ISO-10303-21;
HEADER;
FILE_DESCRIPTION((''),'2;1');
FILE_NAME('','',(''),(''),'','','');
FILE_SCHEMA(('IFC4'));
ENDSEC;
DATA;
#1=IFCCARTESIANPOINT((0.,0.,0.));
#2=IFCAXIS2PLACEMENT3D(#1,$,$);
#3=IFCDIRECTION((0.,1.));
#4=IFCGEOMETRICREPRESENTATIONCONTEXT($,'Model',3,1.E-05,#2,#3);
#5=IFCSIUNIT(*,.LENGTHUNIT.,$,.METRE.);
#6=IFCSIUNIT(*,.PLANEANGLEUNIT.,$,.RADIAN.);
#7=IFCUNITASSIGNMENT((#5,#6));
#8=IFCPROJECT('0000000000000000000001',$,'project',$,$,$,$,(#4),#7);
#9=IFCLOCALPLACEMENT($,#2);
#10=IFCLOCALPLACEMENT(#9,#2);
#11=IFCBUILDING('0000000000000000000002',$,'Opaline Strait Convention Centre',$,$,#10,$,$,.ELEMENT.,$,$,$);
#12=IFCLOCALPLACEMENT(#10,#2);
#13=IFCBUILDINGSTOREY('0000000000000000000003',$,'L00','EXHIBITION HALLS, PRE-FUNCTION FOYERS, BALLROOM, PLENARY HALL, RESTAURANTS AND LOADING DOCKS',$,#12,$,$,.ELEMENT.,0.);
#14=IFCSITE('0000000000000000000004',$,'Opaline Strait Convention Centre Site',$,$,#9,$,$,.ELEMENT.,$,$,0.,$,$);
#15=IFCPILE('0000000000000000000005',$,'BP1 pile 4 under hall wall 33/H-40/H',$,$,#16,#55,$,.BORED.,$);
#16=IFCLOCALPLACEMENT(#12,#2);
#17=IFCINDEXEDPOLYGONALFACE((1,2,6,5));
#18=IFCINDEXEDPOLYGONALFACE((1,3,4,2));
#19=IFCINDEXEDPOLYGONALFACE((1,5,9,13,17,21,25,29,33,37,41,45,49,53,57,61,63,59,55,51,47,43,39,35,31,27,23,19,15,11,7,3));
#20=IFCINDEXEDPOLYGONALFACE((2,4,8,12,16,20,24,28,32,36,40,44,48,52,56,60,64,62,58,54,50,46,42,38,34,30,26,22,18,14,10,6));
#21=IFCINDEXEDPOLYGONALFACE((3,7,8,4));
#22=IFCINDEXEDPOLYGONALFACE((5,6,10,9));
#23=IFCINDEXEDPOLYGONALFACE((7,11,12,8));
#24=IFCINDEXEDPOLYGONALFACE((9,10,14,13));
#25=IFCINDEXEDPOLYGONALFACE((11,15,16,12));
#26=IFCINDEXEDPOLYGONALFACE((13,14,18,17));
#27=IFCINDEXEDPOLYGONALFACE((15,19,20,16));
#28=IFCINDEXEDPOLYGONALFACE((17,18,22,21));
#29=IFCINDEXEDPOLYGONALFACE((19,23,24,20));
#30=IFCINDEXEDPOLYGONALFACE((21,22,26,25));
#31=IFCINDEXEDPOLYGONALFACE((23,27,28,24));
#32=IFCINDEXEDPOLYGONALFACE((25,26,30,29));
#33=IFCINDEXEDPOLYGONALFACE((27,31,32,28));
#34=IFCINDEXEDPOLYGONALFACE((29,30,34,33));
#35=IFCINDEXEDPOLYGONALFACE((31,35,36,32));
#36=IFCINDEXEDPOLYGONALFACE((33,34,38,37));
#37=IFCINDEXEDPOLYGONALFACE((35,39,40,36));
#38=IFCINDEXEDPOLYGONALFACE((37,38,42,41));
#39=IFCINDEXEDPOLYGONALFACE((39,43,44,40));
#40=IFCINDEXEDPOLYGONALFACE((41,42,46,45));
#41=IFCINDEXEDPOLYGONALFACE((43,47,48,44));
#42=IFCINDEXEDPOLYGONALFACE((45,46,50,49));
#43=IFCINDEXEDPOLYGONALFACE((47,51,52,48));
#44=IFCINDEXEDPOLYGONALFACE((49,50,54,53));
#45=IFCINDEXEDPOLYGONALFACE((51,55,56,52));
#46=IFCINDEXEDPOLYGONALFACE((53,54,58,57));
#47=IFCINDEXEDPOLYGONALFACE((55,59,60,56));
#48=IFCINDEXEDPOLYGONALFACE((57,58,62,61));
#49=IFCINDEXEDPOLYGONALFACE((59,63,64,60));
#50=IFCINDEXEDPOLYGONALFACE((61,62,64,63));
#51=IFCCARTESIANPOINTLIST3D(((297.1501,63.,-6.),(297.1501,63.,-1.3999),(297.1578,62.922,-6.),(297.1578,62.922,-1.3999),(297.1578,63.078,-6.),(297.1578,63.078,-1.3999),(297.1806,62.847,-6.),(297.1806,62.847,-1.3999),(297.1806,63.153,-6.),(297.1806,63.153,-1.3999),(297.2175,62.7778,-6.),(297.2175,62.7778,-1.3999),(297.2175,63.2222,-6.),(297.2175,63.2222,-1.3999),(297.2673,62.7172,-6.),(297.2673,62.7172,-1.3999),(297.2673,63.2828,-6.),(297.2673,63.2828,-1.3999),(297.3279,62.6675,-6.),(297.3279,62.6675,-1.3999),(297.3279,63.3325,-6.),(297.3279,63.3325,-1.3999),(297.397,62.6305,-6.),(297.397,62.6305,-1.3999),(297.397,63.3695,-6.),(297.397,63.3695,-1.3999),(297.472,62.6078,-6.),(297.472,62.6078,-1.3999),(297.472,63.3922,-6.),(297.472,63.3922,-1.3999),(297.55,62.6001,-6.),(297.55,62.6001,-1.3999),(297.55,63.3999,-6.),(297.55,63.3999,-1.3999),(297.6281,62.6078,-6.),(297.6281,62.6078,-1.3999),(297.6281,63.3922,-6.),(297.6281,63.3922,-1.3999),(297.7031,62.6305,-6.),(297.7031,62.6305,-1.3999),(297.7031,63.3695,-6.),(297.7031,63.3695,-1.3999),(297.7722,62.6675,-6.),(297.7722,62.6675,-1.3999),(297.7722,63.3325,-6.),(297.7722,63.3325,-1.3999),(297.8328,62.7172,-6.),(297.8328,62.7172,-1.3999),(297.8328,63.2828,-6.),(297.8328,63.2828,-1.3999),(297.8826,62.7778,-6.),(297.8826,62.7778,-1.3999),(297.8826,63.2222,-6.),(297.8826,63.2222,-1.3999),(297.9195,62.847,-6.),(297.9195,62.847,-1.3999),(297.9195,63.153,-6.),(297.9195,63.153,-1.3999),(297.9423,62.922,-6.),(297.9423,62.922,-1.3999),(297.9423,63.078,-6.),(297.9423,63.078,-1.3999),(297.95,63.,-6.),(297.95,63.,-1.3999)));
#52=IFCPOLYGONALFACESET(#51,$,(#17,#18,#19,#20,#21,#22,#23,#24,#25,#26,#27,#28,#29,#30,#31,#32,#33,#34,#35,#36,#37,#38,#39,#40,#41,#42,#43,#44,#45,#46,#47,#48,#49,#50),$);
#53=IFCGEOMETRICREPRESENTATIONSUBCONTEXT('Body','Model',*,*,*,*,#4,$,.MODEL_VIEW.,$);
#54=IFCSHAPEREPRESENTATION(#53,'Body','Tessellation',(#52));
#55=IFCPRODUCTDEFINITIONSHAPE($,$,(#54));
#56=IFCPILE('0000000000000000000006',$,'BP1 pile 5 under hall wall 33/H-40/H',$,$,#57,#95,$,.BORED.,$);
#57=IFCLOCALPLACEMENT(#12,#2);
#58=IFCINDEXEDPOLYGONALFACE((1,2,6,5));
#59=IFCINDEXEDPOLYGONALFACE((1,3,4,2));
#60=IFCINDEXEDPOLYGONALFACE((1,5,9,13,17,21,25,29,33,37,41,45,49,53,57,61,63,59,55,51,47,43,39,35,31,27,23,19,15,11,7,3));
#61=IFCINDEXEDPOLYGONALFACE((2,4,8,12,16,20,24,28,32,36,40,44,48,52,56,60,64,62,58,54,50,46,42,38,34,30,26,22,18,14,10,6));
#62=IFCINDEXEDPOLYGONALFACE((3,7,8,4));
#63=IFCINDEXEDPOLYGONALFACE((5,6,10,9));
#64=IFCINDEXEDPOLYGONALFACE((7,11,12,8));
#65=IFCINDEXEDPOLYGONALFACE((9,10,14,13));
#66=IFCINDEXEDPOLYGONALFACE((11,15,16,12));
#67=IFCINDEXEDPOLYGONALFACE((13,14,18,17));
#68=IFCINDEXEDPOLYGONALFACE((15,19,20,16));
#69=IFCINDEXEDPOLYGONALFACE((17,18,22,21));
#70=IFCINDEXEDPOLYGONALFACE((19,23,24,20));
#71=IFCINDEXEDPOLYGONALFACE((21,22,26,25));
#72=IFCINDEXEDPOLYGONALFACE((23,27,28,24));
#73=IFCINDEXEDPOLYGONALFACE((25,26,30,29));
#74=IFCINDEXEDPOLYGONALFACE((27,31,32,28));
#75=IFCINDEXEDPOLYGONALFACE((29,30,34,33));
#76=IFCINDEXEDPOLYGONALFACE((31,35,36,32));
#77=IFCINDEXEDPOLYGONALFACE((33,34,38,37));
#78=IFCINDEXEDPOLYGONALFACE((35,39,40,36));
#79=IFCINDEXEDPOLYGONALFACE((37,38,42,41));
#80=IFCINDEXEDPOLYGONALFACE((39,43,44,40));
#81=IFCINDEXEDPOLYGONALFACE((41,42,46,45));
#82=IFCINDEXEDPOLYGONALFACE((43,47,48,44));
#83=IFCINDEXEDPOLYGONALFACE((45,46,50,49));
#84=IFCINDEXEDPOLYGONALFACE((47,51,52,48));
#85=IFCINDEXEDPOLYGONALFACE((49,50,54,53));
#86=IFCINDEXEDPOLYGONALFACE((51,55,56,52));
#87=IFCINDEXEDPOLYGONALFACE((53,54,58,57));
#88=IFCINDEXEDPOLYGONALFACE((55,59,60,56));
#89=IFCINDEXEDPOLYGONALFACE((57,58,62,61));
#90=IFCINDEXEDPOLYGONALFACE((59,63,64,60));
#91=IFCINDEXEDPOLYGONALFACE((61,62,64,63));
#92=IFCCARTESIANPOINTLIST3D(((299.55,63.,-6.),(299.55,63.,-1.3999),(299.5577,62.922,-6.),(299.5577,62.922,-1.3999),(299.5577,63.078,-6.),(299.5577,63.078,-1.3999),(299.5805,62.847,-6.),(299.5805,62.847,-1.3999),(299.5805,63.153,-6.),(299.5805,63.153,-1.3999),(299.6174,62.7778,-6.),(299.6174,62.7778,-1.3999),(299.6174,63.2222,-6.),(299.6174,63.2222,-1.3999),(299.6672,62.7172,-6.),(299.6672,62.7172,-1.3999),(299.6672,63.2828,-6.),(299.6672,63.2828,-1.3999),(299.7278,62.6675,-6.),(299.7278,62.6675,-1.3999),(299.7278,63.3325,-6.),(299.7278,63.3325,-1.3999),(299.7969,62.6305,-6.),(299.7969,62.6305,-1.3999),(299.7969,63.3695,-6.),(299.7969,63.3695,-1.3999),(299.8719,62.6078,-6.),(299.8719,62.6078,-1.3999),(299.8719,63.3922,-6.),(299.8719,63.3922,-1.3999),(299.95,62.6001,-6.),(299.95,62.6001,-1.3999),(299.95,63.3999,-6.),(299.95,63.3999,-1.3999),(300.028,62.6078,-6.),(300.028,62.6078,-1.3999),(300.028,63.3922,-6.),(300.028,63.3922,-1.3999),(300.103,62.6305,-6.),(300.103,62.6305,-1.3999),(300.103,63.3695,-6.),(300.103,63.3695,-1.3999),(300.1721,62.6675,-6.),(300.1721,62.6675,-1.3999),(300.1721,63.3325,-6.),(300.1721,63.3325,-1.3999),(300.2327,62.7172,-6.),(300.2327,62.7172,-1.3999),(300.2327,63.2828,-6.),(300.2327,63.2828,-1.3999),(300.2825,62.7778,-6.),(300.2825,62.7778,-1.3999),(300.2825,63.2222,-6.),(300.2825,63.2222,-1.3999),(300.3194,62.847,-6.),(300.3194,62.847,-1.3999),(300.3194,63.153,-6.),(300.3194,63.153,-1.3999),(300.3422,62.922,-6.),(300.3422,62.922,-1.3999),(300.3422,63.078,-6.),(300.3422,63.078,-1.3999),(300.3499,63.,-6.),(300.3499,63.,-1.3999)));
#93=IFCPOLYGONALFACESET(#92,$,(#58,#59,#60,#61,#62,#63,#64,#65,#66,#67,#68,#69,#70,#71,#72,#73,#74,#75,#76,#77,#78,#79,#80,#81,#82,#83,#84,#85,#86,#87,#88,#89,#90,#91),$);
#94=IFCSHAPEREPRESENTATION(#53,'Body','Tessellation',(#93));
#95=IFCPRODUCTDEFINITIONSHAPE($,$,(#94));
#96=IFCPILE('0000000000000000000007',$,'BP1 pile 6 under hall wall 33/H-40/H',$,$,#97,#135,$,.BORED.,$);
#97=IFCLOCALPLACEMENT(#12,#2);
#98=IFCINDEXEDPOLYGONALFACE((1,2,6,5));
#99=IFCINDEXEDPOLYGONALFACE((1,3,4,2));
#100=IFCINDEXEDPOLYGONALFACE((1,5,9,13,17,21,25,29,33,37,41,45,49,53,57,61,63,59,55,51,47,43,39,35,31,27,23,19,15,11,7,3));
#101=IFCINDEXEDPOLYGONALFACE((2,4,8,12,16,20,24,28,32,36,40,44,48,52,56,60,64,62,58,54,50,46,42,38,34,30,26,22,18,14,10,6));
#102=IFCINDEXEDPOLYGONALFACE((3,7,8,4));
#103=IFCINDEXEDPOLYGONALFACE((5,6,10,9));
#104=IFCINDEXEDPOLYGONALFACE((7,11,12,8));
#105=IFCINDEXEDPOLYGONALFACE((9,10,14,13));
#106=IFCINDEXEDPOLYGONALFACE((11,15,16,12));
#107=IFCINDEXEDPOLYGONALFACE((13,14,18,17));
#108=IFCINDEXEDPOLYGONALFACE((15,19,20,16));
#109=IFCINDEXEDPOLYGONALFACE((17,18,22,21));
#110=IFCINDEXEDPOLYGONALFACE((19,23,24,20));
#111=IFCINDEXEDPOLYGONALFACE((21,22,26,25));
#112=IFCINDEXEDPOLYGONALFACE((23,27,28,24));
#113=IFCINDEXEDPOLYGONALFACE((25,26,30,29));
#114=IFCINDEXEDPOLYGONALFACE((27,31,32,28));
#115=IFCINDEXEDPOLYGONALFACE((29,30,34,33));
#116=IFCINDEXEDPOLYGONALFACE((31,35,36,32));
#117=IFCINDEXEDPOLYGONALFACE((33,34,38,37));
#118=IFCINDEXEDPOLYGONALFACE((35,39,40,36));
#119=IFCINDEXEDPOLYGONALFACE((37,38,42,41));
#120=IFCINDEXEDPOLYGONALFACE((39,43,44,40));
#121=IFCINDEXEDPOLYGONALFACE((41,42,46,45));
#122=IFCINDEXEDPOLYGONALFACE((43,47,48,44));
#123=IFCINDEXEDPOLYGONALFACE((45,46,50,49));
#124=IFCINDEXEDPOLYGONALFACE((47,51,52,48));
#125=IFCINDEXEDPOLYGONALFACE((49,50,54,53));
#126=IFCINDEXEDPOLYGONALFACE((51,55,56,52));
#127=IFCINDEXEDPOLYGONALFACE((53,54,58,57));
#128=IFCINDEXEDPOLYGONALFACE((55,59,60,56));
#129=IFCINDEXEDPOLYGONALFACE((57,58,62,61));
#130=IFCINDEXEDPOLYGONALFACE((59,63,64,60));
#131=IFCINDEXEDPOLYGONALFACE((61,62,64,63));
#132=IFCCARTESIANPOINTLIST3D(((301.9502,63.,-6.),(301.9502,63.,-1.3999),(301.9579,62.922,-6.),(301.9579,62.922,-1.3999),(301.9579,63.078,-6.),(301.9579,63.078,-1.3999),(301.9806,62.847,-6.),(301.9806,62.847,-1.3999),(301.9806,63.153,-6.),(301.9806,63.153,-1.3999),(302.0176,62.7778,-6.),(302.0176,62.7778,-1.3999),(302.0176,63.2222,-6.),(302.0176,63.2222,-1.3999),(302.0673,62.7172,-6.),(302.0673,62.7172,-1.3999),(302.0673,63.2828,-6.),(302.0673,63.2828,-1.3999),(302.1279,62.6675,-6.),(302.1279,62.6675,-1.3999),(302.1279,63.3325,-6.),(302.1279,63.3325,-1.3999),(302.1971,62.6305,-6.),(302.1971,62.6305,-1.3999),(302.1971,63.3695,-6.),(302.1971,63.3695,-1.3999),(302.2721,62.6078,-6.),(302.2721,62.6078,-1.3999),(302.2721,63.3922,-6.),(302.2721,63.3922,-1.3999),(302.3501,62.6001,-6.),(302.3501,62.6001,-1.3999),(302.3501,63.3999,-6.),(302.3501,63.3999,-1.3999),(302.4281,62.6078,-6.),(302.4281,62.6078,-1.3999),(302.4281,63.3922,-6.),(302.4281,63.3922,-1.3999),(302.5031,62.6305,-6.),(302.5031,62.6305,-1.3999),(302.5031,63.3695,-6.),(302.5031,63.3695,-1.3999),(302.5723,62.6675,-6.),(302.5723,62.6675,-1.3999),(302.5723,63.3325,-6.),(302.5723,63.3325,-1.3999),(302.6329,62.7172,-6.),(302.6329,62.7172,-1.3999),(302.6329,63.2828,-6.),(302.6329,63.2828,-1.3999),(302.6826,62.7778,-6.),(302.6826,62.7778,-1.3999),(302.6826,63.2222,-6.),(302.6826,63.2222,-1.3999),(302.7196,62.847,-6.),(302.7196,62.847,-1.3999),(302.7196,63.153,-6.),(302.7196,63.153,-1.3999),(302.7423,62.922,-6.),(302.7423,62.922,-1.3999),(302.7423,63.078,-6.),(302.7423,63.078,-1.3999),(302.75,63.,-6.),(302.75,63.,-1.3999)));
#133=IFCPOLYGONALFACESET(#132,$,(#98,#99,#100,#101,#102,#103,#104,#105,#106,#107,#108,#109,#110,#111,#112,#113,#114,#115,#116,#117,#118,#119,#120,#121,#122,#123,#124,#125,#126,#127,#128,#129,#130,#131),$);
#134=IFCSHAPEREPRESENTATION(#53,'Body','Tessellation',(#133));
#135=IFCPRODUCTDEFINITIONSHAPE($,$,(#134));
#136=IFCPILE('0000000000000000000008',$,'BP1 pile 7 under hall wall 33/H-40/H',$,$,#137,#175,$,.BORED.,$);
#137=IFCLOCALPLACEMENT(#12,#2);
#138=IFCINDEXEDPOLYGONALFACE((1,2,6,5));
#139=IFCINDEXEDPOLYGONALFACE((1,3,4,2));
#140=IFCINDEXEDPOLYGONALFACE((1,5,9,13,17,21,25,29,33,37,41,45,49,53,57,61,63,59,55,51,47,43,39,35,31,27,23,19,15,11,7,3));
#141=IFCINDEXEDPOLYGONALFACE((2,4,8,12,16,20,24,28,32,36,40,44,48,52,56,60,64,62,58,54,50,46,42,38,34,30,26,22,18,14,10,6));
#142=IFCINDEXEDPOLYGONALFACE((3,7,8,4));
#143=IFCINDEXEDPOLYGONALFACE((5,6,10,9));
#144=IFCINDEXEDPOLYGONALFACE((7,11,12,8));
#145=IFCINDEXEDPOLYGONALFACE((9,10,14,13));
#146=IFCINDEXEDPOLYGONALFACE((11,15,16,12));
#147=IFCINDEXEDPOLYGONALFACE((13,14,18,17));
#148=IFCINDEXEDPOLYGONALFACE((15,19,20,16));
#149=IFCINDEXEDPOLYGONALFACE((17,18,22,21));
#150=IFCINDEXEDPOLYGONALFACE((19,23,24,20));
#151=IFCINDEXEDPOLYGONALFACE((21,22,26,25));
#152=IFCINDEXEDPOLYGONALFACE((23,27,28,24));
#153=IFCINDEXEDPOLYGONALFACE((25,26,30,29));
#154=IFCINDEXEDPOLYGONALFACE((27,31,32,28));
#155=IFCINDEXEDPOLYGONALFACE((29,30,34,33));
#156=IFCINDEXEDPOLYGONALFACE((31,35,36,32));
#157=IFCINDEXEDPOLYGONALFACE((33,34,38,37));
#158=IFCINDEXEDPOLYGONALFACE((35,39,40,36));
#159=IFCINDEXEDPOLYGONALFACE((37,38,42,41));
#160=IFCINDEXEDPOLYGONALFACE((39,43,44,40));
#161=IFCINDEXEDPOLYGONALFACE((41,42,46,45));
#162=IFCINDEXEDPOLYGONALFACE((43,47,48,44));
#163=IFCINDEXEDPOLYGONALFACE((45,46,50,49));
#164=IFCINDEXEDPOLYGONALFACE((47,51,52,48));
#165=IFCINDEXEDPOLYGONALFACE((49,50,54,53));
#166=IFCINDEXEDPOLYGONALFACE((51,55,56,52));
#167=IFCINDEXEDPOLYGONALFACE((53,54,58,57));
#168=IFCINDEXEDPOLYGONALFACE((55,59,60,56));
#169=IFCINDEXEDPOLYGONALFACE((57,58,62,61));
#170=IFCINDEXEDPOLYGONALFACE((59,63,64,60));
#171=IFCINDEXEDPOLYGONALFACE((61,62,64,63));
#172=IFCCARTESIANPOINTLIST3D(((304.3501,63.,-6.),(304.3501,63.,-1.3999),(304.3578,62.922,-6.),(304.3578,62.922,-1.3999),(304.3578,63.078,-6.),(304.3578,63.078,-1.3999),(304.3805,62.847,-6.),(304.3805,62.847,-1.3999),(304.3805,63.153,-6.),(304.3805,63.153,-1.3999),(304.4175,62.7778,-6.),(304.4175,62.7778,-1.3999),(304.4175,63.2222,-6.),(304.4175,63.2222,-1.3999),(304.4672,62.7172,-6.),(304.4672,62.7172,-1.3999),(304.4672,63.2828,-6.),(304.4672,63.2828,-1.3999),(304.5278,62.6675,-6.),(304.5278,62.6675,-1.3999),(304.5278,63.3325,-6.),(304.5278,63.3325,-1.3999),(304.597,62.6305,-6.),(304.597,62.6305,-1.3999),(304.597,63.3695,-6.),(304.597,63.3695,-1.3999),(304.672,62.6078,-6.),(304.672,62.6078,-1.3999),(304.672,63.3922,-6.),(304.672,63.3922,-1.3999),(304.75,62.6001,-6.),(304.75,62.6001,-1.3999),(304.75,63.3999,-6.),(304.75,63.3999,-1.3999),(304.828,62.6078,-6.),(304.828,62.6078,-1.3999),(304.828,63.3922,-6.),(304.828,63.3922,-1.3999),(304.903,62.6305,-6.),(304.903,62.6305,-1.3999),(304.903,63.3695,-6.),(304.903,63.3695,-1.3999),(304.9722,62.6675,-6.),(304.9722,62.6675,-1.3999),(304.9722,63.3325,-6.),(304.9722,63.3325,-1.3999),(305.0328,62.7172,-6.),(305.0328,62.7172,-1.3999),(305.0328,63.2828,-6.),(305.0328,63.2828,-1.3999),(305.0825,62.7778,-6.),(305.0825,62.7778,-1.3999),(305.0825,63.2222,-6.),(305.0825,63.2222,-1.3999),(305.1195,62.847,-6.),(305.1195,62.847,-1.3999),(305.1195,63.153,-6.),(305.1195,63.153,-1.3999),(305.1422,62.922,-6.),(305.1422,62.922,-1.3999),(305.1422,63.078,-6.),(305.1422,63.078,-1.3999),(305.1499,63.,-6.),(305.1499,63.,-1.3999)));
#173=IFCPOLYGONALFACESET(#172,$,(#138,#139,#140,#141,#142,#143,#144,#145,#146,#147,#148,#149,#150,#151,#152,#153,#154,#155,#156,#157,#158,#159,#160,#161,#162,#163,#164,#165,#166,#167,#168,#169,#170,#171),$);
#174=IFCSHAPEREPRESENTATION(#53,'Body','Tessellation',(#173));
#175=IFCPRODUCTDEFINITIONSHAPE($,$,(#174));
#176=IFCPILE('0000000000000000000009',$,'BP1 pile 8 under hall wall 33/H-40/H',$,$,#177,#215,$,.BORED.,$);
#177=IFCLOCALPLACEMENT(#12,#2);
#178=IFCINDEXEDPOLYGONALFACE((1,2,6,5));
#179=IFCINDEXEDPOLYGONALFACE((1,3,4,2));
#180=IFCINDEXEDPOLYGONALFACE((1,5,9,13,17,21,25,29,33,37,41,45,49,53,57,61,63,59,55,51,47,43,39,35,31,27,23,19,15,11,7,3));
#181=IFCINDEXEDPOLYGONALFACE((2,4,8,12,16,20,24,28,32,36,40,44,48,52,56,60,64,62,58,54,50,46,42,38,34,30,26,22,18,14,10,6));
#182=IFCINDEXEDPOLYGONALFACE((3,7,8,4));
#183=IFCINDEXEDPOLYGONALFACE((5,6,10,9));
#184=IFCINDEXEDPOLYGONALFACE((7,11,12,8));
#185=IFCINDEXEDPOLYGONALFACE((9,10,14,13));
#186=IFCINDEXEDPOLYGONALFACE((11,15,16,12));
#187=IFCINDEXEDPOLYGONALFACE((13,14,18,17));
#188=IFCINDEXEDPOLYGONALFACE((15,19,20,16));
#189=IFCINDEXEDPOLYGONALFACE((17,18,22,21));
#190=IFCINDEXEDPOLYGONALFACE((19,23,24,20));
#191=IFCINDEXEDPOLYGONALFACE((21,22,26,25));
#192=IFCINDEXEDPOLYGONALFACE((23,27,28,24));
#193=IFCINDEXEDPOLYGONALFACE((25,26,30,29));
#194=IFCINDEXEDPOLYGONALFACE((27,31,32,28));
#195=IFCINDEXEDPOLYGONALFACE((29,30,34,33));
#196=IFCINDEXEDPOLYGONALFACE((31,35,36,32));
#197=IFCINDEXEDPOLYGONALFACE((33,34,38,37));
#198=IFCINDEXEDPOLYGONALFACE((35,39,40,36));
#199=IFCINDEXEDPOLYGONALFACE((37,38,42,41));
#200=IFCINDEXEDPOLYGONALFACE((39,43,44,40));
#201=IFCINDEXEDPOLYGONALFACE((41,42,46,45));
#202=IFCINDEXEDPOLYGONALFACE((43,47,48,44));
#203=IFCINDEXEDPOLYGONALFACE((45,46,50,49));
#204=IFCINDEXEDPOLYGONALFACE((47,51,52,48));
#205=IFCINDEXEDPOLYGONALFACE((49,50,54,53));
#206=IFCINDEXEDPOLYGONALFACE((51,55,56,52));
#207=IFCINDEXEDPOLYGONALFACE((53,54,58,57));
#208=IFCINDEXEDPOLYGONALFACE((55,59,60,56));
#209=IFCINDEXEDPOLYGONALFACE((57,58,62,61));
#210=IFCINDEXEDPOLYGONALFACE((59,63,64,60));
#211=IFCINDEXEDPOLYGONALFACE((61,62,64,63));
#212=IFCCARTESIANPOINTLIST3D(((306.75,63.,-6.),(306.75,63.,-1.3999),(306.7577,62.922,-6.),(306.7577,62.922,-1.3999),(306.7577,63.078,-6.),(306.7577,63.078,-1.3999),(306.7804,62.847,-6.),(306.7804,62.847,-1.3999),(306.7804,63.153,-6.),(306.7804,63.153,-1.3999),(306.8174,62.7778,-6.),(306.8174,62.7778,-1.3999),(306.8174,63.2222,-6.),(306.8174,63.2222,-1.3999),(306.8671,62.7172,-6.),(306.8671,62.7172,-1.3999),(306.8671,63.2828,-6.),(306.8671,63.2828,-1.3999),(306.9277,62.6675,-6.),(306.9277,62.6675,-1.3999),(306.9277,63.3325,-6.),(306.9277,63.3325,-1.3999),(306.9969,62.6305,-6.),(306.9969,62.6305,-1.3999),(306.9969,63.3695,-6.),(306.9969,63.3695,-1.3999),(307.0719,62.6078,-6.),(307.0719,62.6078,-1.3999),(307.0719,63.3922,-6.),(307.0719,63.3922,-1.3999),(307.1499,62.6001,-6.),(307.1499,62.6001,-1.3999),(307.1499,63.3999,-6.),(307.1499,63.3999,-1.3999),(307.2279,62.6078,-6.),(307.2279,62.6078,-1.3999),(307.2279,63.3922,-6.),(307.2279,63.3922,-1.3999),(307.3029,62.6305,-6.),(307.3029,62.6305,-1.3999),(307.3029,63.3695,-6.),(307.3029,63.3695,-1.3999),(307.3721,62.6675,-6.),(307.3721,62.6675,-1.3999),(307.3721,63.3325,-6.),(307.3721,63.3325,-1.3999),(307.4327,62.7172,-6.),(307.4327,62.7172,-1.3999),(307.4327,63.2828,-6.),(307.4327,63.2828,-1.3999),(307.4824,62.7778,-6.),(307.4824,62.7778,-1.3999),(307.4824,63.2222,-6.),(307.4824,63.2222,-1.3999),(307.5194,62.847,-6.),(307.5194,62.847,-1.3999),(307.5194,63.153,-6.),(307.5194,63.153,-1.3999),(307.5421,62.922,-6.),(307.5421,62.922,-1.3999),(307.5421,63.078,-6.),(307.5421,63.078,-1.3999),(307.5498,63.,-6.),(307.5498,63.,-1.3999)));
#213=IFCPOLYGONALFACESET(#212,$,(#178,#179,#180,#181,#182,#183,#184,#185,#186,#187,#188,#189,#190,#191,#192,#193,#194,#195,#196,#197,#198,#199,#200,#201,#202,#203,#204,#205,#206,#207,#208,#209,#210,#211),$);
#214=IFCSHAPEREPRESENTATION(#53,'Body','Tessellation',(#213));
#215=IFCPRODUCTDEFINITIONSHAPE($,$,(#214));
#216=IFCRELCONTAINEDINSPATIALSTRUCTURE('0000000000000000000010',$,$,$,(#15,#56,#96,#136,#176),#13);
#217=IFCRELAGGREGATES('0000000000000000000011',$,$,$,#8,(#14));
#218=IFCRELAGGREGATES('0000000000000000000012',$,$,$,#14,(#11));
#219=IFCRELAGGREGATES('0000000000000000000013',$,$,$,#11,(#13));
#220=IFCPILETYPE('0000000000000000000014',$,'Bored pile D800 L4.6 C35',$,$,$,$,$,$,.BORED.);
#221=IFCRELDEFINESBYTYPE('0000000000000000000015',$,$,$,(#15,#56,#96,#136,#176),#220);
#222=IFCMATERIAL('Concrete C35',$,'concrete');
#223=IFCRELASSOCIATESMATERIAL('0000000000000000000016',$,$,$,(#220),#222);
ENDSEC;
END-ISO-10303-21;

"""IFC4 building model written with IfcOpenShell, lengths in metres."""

from ifc_helpers import new_model, si_unit, direction, frame, origin, origin_2d, place, context, subcontext, project, spatial, circle, extrude, material, material_profile, profile_set, type_object, element, save


model = new_model("IFC4")

# Units and contexts
model_context = context("Model", 3, precision=1e-05, world=origin(), true_north=direction((0.0, 1.0)))
body_context = subcontext(model_context, "Body", "Model", "MODEL_VIEW")
ifc_project = project(units=[si_unit("LENGTHUNIT", "METRE"), si_unit("PLANEANGLEUNIT", "RADIAN")], contexts=[model_context])

# Site, building, storey
site_placement = place(None, origin())
site = spatial("IfcSite", under=ifc_project, at=site_placement, Name="Opaline Strait Convention Centre Site", CompositionType="ELEMENT", RefElevation=0.0)
building_placement = place(site_placement, origin())
building = spatial("IfcBuilding", under=site, at=building_placement, Name="Opaline Strait Convention Centre", CompositionType="ELEMENT")
storey_placement = place(building_placement, origin())
storey = spatial("IfcBuildingStorey", under=building, at=storey_placement, Name="L00", Description="EXHIBITION HALLS, PRE-FUNCTION FOYERS, BALLROOM, PLENARY HALL, RESTAURANTS AND LOADING DOCKS", CompositionType="ELEMENT", Elevation=0.0)

# Piles
ifc_material_1 = material(Name="Concrete C35", Category="concrete")
ifc_material_profile = material_profile(ifc_material_1, circle(Radius=0.3999, at=origin_2d()), Name="D800")
ifc_profile_set = profile_set([ifc_material_profile], Name="Concrete C35")
pile_type = type_object("IfcPileType", Name="Bored pile D800 L4.6 C35", PredefinedType="BORED", material=ifc_profile_set)
for number, where, z_axis, x_axis, name in (
    (1, (297.55, 63.0, -1.3999), (0.0, 0.0, -1.0), (1.0, 0.0, 0.0), "BP1 pile 4 under hall wall 33/H-40/H"),
    (2, (299.95, 63.0, -1.3999), (0.0, 0.0, -1.0), (1.0, 0.0, 0.0), "BP1 pile 5 under hall wall 33/H-40/H"),
    (3, (302.3501, 63.0, -1.3999), (0.0, 0.0, -1.0), (1.0, 0.0, 0.0), "BP1 pile 6 under hall wall 33/H-40/H"),
    (4, (304.75, 63.0, -1.3999), (0.0, 0.0, -1.0), (1.0, 0.0, 0.0), "BP1 pile 7 under hall wall 33/H-40/H"),
    (5, (307.1499, 63.0, -1.3999), (0.0, 0.0, -1.0), (1.0, 0.0, 0.0), "BP1 pile 8 under hall wall 33/H-40/H"),
):
    element("IfcPile", number, at=place(storey_placement, frame(where, z_axis=z_axis, x_axis=x_axis)), inside=storey, type_object=pile_type, Name=name, PredefinedType="BORED", context=body_context, shape_type="SweptSolid", body=[
        extrude(circle(Radius=0.3999, at=origin_2d()), origin(), (0.0, 0.0, 1.0), 4.6001),
    ])

save(model, "model.ifc")
